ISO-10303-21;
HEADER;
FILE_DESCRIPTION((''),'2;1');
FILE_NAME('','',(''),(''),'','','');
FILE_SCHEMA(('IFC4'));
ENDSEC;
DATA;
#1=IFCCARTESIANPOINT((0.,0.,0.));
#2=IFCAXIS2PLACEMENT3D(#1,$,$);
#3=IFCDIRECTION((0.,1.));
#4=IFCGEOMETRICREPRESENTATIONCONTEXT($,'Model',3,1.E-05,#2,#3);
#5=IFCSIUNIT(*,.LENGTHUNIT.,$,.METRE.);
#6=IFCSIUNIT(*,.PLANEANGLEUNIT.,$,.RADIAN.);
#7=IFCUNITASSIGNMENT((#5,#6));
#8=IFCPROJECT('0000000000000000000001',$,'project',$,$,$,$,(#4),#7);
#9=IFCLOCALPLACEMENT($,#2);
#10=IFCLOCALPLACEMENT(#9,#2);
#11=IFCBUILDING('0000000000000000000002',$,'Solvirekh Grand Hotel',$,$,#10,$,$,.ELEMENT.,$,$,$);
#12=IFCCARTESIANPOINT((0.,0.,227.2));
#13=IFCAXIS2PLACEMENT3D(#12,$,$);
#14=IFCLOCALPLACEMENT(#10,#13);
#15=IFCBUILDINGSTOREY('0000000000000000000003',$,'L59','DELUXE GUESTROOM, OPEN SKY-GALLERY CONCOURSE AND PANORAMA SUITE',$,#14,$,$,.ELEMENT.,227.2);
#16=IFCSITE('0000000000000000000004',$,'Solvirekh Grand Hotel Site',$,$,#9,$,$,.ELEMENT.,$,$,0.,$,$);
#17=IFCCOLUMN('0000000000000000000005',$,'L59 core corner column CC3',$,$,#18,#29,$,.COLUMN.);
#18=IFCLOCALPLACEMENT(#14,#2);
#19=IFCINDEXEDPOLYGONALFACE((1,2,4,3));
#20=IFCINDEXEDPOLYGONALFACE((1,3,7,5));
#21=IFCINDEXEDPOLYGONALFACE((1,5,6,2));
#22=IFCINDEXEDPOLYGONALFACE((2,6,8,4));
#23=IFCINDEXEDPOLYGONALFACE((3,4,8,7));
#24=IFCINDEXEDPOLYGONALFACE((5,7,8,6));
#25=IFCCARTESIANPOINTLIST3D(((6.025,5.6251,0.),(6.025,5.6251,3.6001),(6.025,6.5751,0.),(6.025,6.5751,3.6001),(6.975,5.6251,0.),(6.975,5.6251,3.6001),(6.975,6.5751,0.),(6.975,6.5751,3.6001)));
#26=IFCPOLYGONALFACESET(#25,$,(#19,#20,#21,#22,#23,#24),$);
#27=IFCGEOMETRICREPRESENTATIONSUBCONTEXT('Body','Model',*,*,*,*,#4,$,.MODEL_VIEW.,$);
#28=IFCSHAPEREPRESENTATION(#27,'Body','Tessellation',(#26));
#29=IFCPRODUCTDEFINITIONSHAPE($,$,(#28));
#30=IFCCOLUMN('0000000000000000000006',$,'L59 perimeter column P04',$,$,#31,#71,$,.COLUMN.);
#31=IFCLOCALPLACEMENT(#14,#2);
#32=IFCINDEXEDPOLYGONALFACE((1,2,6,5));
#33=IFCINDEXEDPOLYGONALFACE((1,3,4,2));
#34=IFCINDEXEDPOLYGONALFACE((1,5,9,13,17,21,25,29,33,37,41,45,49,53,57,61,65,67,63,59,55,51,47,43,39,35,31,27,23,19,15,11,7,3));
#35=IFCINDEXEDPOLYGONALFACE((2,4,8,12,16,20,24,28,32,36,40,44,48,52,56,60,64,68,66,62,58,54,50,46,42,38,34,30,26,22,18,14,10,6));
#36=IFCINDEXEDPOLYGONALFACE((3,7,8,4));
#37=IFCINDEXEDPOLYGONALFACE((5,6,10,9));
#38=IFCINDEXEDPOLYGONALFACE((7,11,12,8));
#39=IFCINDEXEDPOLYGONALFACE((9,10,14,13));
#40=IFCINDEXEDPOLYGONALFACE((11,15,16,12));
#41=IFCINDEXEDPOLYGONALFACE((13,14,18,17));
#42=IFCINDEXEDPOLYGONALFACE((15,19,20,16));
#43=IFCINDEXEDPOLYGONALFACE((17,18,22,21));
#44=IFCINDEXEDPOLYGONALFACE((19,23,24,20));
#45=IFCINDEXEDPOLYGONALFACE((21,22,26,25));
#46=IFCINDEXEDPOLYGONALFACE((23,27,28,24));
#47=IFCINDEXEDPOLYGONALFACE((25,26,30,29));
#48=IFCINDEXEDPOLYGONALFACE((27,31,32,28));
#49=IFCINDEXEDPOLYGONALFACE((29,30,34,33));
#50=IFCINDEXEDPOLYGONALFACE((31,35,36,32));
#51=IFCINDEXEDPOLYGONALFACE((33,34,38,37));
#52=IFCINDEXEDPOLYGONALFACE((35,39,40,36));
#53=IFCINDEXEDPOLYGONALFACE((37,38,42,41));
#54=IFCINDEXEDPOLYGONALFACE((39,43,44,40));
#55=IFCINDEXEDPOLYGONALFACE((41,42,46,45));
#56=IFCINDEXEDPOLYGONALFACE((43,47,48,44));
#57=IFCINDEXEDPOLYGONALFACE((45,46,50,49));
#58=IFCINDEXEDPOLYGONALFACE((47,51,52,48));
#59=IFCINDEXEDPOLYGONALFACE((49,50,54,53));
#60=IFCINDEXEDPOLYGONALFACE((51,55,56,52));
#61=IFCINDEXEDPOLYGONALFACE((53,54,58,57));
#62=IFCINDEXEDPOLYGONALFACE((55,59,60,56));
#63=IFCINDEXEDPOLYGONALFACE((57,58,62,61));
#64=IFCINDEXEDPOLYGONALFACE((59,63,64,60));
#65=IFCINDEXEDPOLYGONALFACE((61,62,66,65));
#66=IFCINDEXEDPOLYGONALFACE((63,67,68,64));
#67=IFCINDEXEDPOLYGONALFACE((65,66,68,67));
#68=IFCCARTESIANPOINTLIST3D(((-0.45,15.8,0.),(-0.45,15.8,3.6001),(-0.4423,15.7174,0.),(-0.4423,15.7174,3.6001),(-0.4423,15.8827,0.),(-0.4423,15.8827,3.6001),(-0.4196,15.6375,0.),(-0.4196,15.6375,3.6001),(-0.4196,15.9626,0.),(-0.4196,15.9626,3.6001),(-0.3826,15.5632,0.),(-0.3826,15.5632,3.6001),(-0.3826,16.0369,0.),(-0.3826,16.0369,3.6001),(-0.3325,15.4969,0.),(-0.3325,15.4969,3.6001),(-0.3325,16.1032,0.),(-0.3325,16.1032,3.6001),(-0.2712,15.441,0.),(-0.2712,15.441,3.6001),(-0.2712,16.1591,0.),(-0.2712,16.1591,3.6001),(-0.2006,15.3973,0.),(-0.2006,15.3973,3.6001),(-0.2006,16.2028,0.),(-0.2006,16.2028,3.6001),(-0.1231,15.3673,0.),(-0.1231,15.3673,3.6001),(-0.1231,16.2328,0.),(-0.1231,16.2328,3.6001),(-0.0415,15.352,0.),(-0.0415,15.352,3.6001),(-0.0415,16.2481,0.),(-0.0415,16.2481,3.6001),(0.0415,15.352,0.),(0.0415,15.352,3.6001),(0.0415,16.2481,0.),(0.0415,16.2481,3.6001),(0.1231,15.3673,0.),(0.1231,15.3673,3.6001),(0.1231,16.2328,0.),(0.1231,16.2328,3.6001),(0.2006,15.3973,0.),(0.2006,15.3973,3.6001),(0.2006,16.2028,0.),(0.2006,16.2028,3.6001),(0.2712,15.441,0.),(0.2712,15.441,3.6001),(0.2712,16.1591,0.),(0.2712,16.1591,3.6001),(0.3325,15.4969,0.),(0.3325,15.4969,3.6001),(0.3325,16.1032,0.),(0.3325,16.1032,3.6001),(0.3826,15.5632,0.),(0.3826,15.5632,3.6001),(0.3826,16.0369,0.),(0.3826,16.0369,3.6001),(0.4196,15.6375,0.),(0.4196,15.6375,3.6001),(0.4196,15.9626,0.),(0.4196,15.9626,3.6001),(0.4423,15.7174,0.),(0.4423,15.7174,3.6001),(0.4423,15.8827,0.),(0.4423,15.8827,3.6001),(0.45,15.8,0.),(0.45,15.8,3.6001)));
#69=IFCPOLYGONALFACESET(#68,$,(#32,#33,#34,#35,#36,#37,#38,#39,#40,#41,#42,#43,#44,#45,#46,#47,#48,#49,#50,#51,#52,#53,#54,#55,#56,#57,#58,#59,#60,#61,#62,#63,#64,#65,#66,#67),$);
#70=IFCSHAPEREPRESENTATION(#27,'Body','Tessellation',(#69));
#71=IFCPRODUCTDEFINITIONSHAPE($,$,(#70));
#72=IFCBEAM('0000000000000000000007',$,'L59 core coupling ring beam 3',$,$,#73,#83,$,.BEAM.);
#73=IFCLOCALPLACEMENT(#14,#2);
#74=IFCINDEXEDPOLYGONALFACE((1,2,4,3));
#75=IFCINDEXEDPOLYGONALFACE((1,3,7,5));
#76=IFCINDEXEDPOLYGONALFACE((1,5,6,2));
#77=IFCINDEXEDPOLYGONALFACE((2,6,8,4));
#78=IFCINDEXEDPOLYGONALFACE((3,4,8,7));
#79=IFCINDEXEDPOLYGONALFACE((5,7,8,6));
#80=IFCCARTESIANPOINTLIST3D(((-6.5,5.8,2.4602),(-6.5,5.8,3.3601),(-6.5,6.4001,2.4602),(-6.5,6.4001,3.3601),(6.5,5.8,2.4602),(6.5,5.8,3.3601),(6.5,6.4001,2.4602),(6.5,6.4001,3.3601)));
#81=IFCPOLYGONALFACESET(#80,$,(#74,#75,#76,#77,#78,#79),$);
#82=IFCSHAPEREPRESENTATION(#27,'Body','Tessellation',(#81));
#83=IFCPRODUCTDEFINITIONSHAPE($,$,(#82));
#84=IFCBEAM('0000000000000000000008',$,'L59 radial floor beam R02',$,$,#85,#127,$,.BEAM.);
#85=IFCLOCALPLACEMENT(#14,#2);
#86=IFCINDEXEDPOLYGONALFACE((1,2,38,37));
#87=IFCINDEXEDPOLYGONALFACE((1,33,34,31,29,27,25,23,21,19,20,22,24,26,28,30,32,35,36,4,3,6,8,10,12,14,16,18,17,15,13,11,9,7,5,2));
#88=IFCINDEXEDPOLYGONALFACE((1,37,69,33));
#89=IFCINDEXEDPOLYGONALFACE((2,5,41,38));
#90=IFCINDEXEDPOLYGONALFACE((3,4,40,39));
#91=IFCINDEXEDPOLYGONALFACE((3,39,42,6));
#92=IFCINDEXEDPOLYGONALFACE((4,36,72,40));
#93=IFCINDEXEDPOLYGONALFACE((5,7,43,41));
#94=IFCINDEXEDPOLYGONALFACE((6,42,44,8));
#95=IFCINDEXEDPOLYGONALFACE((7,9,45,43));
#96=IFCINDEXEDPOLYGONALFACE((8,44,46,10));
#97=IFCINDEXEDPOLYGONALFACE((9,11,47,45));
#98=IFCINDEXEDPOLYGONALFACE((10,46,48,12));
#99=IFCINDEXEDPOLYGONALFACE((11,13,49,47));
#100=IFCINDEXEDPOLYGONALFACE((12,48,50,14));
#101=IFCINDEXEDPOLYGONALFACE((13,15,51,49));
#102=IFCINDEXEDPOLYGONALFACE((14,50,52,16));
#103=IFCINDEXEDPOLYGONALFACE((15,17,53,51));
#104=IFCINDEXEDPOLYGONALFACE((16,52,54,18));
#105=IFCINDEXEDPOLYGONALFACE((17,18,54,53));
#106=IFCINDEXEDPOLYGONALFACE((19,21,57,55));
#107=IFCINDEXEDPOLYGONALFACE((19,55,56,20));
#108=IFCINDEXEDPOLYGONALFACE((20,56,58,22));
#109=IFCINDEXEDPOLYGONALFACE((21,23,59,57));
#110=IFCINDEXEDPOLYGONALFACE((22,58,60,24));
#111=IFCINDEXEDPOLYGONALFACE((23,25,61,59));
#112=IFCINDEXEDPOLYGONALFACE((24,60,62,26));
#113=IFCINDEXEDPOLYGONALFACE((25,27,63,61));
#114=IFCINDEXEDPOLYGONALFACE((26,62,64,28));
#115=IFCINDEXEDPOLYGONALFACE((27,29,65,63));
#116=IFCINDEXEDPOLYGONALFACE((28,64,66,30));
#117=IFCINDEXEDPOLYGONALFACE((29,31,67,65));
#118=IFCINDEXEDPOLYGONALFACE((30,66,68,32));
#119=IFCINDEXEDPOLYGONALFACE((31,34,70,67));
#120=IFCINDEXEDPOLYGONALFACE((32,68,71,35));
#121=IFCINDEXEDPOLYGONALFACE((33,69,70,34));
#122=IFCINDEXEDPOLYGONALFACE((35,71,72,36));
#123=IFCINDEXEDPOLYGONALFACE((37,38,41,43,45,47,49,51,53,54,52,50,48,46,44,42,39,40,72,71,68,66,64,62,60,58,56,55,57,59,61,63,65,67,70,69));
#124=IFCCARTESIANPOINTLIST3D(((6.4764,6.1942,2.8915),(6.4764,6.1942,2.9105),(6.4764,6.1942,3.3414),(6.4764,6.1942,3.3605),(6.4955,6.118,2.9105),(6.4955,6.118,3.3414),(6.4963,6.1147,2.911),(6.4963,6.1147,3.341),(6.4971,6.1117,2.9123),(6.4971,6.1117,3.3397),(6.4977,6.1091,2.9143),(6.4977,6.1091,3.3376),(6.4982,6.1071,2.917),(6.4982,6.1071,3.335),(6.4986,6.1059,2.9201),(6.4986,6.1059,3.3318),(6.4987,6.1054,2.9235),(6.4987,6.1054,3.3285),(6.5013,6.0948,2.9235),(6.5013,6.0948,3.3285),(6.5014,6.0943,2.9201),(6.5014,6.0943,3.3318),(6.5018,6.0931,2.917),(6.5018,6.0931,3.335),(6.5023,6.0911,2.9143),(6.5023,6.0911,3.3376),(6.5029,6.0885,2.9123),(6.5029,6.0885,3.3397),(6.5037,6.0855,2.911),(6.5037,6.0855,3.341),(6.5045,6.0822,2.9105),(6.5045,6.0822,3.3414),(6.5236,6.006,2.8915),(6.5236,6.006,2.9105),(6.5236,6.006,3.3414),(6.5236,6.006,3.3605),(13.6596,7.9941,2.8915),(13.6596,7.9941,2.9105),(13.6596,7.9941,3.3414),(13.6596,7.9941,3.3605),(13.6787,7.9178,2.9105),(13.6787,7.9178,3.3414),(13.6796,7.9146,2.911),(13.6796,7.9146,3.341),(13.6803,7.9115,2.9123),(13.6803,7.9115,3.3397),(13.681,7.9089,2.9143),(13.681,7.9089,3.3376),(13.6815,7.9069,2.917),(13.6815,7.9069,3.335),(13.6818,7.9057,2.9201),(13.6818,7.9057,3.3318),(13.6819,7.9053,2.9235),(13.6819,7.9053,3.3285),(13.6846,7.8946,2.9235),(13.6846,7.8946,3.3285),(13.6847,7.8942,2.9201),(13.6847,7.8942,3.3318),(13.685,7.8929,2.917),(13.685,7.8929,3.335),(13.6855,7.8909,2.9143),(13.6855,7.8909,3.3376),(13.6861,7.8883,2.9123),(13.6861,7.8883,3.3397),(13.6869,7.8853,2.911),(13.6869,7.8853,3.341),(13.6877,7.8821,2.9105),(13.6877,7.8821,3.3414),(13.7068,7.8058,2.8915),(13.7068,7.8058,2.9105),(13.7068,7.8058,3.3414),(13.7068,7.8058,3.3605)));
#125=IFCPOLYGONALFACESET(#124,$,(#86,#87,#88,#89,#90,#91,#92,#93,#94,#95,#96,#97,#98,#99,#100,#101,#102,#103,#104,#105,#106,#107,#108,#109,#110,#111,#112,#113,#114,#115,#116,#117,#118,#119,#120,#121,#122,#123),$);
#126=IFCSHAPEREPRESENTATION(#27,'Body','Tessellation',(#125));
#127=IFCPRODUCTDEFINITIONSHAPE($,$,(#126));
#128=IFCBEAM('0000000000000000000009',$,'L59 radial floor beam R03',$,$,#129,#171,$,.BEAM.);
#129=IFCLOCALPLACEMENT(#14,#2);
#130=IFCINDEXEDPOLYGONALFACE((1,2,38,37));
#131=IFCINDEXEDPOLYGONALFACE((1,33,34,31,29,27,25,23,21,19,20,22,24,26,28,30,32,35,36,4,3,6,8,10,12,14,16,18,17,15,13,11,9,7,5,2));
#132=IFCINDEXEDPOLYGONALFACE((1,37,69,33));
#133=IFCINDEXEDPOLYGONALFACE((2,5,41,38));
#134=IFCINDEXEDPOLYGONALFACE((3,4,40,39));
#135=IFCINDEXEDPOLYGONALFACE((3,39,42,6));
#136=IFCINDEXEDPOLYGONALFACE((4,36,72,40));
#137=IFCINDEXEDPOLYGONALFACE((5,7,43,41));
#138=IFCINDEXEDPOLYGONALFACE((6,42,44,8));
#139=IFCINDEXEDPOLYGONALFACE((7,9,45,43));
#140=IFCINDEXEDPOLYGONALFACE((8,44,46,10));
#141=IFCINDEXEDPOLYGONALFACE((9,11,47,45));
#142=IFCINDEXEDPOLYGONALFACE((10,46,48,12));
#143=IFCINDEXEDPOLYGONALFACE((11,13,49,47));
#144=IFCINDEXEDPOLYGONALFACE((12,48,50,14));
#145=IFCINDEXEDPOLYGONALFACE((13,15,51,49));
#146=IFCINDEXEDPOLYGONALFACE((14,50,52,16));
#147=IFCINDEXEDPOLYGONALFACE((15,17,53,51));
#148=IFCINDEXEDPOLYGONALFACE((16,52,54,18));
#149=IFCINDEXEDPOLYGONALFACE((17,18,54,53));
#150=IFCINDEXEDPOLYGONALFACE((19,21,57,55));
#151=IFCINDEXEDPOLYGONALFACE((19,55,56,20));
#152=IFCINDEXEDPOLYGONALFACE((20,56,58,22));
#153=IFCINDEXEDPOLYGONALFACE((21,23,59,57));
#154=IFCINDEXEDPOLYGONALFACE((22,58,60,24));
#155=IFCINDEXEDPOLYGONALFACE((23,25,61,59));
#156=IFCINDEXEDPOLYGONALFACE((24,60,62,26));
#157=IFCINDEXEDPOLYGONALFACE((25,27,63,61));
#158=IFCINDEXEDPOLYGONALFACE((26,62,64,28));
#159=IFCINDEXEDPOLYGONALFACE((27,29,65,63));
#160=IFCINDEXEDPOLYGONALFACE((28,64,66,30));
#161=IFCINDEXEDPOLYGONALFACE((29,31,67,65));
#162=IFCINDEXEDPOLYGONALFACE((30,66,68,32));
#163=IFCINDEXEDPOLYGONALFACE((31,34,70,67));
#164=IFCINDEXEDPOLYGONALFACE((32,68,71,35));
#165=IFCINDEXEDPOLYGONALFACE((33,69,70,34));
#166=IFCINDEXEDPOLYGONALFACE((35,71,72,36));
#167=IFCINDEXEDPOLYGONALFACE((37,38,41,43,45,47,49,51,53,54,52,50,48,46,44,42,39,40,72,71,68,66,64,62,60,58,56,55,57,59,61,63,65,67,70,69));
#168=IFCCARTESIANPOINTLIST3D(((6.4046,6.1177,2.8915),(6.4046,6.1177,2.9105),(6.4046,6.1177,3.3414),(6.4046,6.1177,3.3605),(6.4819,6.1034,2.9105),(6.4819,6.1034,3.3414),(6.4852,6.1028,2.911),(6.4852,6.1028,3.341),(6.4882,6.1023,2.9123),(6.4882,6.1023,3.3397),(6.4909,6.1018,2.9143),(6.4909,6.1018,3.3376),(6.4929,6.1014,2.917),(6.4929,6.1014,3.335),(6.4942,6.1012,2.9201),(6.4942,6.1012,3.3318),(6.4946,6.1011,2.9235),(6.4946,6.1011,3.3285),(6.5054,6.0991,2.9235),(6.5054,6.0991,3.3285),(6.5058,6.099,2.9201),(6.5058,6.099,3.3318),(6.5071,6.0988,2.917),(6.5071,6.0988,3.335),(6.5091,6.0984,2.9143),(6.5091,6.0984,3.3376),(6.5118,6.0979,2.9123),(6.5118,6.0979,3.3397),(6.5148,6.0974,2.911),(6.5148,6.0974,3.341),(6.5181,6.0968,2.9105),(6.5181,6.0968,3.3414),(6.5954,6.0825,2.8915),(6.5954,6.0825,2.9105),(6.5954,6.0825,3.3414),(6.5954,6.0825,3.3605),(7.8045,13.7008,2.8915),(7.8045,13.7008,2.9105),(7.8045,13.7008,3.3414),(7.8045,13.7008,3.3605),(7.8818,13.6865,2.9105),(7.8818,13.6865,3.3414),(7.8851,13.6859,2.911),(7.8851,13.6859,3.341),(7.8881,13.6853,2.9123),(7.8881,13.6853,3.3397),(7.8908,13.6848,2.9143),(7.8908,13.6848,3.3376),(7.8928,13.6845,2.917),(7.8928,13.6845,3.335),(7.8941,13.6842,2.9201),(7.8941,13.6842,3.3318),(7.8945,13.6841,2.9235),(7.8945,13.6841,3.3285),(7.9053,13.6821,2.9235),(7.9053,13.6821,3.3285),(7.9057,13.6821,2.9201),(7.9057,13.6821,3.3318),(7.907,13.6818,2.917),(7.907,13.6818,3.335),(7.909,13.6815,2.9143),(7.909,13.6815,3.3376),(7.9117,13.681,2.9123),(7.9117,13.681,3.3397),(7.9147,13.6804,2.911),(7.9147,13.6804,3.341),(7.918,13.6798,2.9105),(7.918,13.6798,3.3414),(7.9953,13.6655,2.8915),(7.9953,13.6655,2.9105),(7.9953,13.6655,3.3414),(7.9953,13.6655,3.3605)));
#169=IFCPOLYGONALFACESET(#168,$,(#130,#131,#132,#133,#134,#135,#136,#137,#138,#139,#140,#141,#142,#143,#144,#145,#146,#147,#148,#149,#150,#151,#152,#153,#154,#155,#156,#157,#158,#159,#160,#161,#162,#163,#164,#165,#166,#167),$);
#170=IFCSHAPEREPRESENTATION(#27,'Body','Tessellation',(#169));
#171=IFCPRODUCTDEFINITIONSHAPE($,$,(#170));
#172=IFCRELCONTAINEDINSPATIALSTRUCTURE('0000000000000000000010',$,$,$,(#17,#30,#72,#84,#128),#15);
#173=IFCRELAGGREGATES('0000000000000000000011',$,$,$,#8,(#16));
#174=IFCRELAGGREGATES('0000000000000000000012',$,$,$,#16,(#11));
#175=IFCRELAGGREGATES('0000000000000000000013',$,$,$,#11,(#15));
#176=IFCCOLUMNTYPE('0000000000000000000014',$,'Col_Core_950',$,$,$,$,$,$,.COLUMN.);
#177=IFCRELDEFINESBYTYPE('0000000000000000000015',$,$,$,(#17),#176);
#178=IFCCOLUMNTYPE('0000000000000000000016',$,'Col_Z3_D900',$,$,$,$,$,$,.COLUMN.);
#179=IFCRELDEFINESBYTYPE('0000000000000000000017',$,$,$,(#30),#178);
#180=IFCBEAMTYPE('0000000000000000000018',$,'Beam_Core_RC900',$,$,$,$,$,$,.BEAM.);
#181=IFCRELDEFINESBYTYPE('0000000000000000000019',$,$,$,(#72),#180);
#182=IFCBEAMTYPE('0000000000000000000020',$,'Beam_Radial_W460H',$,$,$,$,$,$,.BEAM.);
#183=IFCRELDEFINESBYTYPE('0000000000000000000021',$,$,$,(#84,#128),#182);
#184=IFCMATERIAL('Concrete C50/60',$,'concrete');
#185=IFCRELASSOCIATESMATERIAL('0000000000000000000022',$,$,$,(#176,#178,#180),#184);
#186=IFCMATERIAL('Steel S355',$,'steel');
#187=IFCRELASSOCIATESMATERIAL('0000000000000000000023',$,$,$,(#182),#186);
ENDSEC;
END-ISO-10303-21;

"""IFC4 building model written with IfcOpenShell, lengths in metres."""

from ifc_helpers import new_model, si_unit, direction, frame, origin, origin_2d, place, context, subcontext, project, spatial, rectangle, circle, i_section, extrude, material, material_profile, profile_set, type_object, element, save


model = new_model("IFC4")

# Units and contexts
model_context = context("Model", 3, precision=1e-05, world=origin(), true_north=direction((0.0, 1.0)))
body_context = subcontext(model_context, "Body", "Model", "MODEL_VIEW")
ifc_project = project(units=[si_unit("LENGTHUNIT", "METRE"), si_unit("PLANEANGLEUNIT", "RADIAN")], contexts=[model_context])

# Site, building, storey
site_placement = place(None, origin())
site = spatial("IfcSite", under=ifc_project, at=site_placement, Name="Solvirekh Grand Hotel Site", CompositionType="ELEMENT", RefElevation=0.0)
building_placement = place(site_placement, origin())
building = spatial("IfcBuilding", under=site, at=building_placement, Name="Solvirekh Grand Hotel", CompositionType="ELEMENT")
storey_placement = place(building_placement, frame((0.0, 0.0, 227.2)))
storey = spatial("IfcBuildingStorey", under=building, at=storey_placement, Name="L59", Description="DELUXE GUESTROOM, OPEN SKY-GALLERY CONCOURSE AND PANORAMA SUITE", CompositionType="ELEMENT", Elevation=227.2)

# Columns
ifc_material_1 = material(Name="Concrete C50/60", Category="concrete")
ifc_material_profile_1 = material_profile(ifc_material_1, rectangle(XDim=0.95, YDim=0.95, at=origin_2d()), Name="RC 950X950")
ifc_profile_set_1 = profile_set([ifc_material_profile_1], Name="Concrete C50/60")
column_type_1 = type_object("IfcColumnType", Name="Col_Core_950", PredefinedType="COLUMN", material=ifc_profile_set_1)
column_1_placement = place(storey_placement, frame((6.5, 6.1001, 0.0), z_axis=(0.0, 0.0, 1.0), x_axis=(1.0, 0.0, 0.0)))
element("IfcColumn", 1, at=column_1_placement, inside=storey, type_object=column_type_1, Name="L59 core corner column CC3", PredefinedType="COLUMN", context=body_context, shape_type="SweptSolid", body=[
    extrude(rectangle(XDim=0.95, YDim=0.95, at=origin_2d()), origin(), (0.0, 0.0, 1.0), 3.6001),
])
ifc_material_profile_2 = material_profile(ifc_material_1, circle(Radius=0.45, at=origin_2d()), Name="RC CIRC D900")
ifc_profile_set_2 = profile_set([ifc_material_profile_2], Name="Concrete C50/60")
column_type_2 = type_object("IfcColumnType", Name="Col_Z3_D900", PredefinedType="COLUMN", material=ifc_profile_set_2)
column_2_placement = place(storey_placement, frame((0.0, 15.8, 0.0), z_axis=(0.0, 0.0, 1.0), x_axis=(1.0, 0.0, 0.0)))
element("IfcColumn", 2, at=column_2_placement, inside=storey, type_object=column_type_2, Name="L59 perimeter column P04", PredefinedType="COLUMN", context=body_context, shape_type="SweptSolid", body=[
    extrude(circle(Radius=0.45, at=origin_2d()), origin(), (0.0, 0.0, 1.0), 3.6001),
])

# Beams
ifc_material_profile_3 = material_profile(ifc_material_1, rectangle(XDim=0.6001, YDim=0.8999, at=origin_2d()), Name="RC BEAM 600X900")
ifc_profile_set_3 = profile_set([ifc_material_profile_3], Name="Concrete C50/60")
beam_type_1 = type_object("IfcBeamType", Name="Beam_Core_RC900", PredefinedType="BEAM", material=ifc_profile_set_3)
beam_1_placement = place(storey_placement, frame((6.5, 6.1001, 2.9102), z_axis=(-1.0, 0.0, 0.0), x_axis=(0.0, -1.0, 0.0)))
element("IfcBeam", 3, at=beam_1_placement, inside=storey, type_object=beam_type_1, Name="L59 core coupling ring beam 3", PredefinedType="BEAM", context=body_context, shape_type="SweptSolid", body=[
    extrude(rectangle(XDim=0.6001, YDim=0.8999, at=origin_2d()), origin(), (0.0, 0.0, 1.0), 13.0),
])
ifc_material_2 = material(Name="Steel S355", Category="steel")
ifc_material_profile_4 = material_profile(ifc_material_2, i_section(OverallWidth=0.1941, OverallDepth=0.469, WebThickness=0.011, FlangeThickness=0.019, FilletRadius=0.0129, at=origin_2d()), Name="W460X106")
ifc_profile_set_4 = profile_set([ifc_material_profile_4], Name="Steel S355")
beam_type_2 = type_object("IfcBeamType", Name="Beam_Radial_W460H", PredefinedType="BEAM", material=ifc_profile_set_4)
beam_2_placement = place(storey_placement, frame((6.5, 6.1001, 3.126), z_axis=(0.970014, 0.243048, 0.0), x_axis=(-0.243048, 0.970014, 0.0)))
element("IfcBeam", 4, at=beam_2_placement, inside=storey, type_object=beam_type_2, Name="L59 radial floor beam R02", PredefinedType="BEAM", context=body_context, shape_type="SweptSolid", body=[
    extrude(i_section(OverallWidth=0.1941, OverallDepth=0.469, WebThickness=0.011, FlangeThickness=0.019, FilletRadius=0.0129, at=origin_2d()), origin(), (0.0, 0.0, 1.0), 7.4053),
])
beam_3_placement = place(storey_placement, frame((6.5, 6.1001, 3.126), z_axis=(0.181543, 0.983383, 0.0), x_axis=(-0.983383, 0.181543, 0.0)))
element("IfcBeam", 5, at=beam_3_placement, inside=storey, type_object=beam_type_2, Name="L59 radial floor beam R03", PredefinedType="BEAM", context=body_context, shape_type="SweptSolid", body=[
    extrude(i_section(OverallWidth=0.1941, OverallDepth=0.469, WebThickness=0.011, FlangeThickness=0.019, FilletRadius=0.0129, at=origin_2d()), origin(), (0.0, 0.0, 1.0), 7.7112),
])

save(model, "model.ifc")
